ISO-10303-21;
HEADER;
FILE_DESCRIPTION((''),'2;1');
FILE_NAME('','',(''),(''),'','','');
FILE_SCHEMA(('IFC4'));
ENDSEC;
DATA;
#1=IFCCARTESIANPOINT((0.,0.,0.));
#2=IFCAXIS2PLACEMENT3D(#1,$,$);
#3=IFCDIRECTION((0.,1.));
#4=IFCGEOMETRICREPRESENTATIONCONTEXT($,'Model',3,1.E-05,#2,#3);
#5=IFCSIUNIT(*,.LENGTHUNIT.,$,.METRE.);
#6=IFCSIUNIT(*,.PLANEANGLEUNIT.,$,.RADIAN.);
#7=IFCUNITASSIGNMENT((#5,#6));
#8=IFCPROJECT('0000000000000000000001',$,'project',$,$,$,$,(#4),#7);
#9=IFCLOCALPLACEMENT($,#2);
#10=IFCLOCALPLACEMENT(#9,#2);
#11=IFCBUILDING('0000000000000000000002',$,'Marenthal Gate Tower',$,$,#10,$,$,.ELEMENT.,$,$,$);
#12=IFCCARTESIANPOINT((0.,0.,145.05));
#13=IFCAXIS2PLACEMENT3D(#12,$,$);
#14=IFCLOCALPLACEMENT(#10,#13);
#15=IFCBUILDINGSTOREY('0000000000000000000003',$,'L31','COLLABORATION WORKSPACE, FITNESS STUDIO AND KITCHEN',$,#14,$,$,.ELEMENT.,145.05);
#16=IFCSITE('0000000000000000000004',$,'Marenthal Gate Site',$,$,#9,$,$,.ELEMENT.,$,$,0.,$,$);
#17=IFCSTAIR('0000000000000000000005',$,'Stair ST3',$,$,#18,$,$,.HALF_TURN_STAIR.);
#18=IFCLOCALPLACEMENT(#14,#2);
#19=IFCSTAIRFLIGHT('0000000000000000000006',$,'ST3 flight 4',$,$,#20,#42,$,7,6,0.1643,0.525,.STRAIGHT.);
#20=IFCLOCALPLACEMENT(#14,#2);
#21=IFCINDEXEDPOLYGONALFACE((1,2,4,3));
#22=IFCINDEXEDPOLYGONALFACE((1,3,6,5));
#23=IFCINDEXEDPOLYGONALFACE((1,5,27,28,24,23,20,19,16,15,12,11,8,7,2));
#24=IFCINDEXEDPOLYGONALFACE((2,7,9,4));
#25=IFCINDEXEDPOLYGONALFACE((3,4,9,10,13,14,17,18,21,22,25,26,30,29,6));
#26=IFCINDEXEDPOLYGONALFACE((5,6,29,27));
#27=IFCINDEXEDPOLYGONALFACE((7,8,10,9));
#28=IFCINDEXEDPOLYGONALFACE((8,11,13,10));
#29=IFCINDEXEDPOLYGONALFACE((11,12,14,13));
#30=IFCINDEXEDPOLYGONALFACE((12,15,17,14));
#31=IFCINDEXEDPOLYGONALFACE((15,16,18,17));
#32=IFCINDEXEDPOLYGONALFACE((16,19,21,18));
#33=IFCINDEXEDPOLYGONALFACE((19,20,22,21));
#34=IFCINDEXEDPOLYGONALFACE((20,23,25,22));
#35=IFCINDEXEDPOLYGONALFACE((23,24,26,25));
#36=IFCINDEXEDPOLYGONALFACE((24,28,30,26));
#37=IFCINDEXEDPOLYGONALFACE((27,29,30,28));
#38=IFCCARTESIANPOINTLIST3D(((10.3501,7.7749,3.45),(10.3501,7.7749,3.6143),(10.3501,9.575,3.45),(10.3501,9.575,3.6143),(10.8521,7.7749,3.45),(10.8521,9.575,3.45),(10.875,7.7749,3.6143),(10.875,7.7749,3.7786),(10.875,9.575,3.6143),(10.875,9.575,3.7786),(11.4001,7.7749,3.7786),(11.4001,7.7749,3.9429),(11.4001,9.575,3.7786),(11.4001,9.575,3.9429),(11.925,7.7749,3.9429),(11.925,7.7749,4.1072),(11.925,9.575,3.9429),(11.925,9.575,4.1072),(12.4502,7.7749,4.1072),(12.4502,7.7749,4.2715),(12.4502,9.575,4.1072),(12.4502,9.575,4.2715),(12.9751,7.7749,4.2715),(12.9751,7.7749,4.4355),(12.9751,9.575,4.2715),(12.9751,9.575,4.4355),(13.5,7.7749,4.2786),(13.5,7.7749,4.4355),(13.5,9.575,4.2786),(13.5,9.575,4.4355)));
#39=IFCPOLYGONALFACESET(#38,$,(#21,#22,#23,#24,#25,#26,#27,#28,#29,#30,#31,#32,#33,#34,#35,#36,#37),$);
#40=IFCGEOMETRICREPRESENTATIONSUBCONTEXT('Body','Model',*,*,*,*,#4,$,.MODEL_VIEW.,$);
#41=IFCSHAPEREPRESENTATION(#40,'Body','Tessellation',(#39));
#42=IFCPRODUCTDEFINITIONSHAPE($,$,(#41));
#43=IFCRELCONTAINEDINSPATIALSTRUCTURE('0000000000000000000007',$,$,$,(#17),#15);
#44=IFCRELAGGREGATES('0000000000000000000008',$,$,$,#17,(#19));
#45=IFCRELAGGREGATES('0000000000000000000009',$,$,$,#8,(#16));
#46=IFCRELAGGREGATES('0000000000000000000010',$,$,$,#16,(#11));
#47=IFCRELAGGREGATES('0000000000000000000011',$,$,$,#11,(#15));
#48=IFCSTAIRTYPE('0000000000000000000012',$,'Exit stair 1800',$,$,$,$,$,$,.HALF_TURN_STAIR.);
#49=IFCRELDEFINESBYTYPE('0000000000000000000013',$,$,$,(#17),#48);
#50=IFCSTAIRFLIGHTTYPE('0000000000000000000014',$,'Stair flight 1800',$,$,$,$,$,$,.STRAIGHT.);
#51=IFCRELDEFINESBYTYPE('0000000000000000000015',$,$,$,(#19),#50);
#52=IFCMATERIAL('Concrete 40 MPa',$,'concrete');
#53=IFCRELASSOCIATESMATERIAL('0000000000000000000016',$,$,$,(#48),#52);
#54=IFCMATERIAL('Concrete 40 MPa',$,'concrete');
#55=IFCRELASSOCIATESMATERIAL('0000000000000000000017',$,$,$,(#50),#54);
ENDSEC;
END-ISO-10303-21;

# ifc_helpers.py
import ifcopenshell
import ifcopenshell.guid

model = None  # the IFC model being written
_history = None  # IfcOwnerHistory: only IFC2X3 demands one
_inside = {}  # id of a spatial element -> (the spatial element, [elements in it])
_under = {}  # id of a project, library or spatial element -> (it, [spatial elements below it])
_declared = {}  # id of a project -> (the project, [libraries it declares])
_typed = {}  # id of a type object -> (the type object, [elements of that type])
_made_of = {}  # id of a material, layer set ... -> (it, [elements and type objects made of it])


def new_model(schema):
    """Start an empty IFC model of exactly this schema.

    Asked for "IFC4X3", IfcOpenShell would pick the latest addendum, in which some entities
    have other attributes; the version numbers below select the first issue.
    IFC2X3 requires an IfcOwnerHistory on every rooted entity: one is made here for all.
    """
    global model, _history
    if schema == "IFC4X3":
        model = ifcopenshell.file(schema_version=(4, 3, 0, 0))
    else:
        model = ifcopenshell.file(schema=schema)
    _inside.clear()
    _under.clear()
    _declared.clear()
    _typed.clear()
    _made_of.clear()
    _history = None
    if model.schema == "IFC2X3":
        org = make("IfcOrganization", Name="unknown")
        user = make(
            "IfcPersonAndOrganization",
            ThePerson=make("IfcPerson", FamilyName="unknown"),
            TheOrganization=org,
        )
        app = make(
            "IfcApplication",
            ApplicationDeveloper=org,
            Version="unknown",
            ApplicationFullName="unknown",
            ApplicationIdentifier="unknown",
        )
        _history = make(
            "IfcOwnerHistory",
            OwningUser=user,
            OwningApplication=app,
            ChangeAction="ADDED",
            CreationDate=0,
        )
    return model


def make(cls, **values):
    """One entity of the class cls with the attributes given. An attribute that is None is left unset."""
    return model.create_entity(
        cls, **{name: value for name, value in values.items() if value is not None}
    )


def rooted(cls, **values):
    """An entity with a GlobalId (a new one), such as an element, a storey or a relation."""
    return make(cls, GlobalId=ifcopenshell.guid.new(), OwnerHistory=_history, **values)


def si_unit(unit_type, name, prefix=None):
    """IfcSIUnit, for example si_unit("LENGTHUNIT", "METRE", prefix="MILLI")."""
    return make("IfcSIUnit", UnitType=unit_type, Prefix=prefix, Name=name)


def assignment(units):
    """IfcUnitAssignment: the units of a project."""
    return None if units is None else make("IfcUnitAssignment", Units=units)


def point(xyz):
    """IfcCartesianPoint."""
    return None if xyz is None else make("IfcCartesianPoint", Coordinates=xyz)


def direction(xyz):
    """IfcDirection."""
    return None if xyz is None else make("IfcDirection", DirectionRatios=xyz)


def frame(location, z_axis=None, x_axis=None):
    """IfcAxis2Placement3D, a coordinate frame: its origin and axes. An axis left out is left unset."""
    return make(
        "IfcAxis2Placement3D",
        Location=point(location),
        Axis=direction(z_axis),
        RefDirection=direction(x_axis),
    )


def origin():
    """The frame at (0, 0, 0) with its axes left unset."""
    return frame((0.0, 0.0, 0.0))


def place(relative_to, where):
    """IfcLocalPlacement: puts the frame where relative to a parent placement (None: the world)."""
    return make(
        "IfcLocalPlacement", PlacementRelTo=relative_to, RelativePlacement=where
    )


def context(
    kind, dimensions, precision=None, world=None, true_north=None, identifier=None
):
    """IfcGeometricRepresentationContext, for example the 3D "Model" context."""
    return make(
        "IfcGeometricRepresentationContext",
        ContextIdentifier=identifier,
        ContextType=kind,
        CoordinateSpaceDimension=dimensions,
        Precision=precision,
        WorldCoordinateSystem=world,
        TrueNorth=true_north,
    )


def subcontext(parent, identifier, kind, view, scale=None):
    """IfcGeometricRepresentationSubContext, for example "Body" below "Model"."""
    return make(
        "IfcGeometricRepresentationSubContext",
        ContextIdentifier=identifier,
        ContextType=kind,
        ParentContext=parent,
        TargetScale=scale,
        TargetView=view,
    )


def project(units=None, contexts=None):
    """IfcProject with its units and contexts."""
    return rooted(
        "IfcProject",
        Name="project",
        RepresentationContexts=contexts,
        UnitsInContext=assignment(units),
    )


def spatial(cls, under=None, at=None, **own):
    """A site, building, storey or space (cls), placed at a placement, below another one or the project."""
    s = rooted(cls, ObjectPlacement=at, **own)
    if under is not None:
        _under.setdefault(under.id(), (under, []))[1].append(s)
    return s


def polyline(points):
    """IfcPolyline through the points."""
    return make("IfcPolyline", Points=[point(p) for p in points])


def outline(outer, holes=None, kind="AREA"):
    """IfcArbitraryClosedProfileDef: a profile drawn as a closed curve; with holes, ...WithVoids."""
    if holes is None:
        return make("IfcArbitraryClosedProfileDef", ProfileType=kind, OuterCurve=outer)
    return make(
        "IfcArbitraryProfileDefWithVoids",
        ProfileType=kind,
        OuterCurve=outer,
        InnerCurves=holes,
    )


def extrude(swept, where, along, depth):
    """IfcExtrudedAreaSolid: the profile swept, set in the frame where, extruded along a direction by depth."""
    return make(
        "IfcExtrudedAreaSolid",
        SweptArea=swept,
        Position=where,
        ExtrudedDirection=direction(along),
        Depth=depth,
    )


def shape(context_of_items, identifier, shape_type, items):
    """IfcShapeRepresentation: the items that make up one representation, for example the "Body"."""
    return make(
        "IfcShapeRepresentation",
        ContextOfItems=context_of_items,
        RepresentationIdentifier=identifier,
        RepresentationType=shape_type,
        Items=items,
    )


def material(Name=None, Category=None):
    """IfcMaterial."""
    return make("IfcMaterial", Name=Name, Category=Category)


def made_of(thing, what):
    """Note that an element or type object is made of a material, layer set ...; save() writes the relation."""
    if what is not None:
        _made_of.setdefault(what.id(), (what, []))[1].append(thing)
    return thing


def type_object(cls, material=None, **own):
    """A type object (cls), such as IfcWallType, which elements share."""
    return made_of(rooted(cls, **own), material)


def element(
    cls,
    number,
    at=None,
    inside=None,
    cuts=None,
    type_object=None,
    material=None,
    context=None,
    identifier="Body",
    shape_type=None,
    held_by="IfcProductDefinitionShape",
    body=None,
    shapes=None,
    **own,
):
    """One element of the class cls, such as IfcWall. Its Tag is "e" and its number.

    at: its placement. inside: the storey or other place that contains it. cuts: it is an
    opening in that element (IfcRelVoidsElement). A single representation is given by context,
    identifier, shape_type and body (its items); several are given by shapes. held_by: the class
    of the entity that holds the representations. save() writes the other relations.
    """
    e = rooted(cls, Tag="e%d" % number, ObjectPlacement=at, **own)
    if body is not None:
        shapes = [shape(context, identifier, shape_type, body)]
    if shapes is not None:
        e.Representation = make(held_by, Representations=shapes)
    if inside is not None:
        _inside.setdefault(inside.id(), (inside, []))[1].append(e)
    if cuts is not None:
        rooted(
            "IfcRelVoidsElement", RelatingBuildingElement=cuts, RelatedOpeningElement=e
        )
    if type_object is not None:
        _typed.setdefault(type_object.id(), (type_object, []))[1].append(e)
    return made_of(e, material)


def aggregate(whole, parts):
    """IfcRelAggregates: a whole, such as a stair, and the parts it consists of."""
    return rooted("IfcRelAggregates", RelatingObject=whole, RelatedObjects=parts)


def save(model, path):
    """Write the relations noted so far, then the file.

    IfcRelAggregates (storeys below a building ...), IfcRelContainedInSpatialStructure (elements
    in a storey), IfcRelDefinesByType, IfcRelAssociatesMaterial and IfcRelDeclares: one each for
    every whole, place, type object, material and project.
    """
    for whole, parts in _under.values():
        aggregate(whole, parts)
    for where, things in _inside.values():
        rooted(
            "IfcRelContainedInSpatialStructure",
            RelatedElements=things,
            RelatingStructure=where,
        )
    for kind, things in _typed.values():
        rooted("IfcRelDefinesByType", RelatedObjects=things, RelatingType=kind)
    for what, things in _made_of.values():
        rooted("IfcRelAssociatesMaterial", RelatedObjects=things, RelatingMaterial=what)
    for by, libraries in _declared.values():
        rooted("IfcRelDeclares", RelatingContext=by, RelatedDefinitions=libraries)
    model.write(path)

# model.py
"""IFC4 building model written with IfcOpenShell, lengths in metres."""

from ifc_helpers import new_model, si_unit, direction, frame, origin, place, context, subcontext, project, spatial, polyline, outline, extrude, material, type_object, element, aggregate, save


model = new_model("IFC4")

# Units and contexts
model_context = context("Model", 3, precision=1e-05, world=origin(), true_north=direction((0.0, 1.0)))
body_context = subcontext(model_context, "Body", "Model", "MODEL_VIEW")
ifc_project = project(units=[si_unit("LENGTHUNIT", "METRE"), si_unit("PLANEANGLEUNIT", "RADIAN")], contexts=[model_context])

# Site, building, storey
site_placement = place(None, origin())
site = spatial("IfcSite", under=ifc_project, at=site_placement, Name="Marenthal Gate Site", CompositionType="ELEMENT", RefElevation=0.0)
building_placement = place(site_placement, origin())
building = spatial("IfcBuilding", under=site, at=building_placement, Name="Marenthal Gate Tower", CompositionType="ELEMENT")
storey_placement = place(building_placement, frame((0.0, 0.0, 145.05)))
storey = spatial("IfcBuildingStorey", under=building, at=storey_placement, Name="L31", Description="COLLABORATION WORKSPACE, FITNESS STUDIO AND KITCHEN", CompositionType="ELEMENT", Elevation=145.05)

# Shared definitions
ifc_material_1 = material(Name="Concrete 40 MPa", Category="concrete")
stair_type = type_object("IfcStairType", Name="Exit stair 1800", PredefinedType="HALF_TURN_STAIR", material=ifc_material_1)

# Stair
stair_1_placement = place(storey_placement, origin())
stair_1 = element("IfcStair", 1, at=stair_1_placement, inside=storey, type_object=stair_type, Name="Stair ST3", PredefinedType="HALF_TURN_STAIR")

# Stair flight
ifc_material_2 = material(Name="Concrete 40 MPa", Category="concrete")
stair_flight_type = type_object("IfcStairFlightType", Name="Stair flight 1800", PredefinedType="STRAIGHT", material=ifc_material_2)
stair_flight_1_placement = place(storey_placement, frame((10.3501, 8.675, 3.45), z_axis=(0.0, 0.0, 1.0), x_axis=(1.0, 0.0, 0.0)))
stair_flight_1 = element("IfcStairFlight", 2, at=stair_flight_1_placement, type_object=stair_flight_type, Name="ST3 flight 4", NumberOfRisers=7, NumberOfTreads=6, PredefinedType="STRAIGHT", RiserHeight=0.1643, TreadLength=0.525, context=body_context, shape_type="SweptSolid", body=[
    extrude(outline(polyline([(0.0, 0.0), (0.0, 0.1643), (0.5249, 0.1643), (0.5249, 0.3286), (1.05, 0.3286), (1.05, 0.4929), (1.575, 0.4929), (1.575, 0.6572), (2.1001, 0.6572), (2.1001, 0.8215), (2.625, 0.8215), (2.625, 0.9856), (3.1499, 0.9856), (3.1499, 1.1499), (3.1499, 0.8286), (0.502, 0.0), (0.0, 0.0)])), frame((0.0, 0.8999, 0.0), z_axis=(0.0, -1.0, 0.0), x_axis=(1.0, 0.0, 0.0)), (0.0, 0.0, 1.0), 1.8),
])
aggregate(stair_1, [stair_flight_1])

save(model, "model.ifc")
